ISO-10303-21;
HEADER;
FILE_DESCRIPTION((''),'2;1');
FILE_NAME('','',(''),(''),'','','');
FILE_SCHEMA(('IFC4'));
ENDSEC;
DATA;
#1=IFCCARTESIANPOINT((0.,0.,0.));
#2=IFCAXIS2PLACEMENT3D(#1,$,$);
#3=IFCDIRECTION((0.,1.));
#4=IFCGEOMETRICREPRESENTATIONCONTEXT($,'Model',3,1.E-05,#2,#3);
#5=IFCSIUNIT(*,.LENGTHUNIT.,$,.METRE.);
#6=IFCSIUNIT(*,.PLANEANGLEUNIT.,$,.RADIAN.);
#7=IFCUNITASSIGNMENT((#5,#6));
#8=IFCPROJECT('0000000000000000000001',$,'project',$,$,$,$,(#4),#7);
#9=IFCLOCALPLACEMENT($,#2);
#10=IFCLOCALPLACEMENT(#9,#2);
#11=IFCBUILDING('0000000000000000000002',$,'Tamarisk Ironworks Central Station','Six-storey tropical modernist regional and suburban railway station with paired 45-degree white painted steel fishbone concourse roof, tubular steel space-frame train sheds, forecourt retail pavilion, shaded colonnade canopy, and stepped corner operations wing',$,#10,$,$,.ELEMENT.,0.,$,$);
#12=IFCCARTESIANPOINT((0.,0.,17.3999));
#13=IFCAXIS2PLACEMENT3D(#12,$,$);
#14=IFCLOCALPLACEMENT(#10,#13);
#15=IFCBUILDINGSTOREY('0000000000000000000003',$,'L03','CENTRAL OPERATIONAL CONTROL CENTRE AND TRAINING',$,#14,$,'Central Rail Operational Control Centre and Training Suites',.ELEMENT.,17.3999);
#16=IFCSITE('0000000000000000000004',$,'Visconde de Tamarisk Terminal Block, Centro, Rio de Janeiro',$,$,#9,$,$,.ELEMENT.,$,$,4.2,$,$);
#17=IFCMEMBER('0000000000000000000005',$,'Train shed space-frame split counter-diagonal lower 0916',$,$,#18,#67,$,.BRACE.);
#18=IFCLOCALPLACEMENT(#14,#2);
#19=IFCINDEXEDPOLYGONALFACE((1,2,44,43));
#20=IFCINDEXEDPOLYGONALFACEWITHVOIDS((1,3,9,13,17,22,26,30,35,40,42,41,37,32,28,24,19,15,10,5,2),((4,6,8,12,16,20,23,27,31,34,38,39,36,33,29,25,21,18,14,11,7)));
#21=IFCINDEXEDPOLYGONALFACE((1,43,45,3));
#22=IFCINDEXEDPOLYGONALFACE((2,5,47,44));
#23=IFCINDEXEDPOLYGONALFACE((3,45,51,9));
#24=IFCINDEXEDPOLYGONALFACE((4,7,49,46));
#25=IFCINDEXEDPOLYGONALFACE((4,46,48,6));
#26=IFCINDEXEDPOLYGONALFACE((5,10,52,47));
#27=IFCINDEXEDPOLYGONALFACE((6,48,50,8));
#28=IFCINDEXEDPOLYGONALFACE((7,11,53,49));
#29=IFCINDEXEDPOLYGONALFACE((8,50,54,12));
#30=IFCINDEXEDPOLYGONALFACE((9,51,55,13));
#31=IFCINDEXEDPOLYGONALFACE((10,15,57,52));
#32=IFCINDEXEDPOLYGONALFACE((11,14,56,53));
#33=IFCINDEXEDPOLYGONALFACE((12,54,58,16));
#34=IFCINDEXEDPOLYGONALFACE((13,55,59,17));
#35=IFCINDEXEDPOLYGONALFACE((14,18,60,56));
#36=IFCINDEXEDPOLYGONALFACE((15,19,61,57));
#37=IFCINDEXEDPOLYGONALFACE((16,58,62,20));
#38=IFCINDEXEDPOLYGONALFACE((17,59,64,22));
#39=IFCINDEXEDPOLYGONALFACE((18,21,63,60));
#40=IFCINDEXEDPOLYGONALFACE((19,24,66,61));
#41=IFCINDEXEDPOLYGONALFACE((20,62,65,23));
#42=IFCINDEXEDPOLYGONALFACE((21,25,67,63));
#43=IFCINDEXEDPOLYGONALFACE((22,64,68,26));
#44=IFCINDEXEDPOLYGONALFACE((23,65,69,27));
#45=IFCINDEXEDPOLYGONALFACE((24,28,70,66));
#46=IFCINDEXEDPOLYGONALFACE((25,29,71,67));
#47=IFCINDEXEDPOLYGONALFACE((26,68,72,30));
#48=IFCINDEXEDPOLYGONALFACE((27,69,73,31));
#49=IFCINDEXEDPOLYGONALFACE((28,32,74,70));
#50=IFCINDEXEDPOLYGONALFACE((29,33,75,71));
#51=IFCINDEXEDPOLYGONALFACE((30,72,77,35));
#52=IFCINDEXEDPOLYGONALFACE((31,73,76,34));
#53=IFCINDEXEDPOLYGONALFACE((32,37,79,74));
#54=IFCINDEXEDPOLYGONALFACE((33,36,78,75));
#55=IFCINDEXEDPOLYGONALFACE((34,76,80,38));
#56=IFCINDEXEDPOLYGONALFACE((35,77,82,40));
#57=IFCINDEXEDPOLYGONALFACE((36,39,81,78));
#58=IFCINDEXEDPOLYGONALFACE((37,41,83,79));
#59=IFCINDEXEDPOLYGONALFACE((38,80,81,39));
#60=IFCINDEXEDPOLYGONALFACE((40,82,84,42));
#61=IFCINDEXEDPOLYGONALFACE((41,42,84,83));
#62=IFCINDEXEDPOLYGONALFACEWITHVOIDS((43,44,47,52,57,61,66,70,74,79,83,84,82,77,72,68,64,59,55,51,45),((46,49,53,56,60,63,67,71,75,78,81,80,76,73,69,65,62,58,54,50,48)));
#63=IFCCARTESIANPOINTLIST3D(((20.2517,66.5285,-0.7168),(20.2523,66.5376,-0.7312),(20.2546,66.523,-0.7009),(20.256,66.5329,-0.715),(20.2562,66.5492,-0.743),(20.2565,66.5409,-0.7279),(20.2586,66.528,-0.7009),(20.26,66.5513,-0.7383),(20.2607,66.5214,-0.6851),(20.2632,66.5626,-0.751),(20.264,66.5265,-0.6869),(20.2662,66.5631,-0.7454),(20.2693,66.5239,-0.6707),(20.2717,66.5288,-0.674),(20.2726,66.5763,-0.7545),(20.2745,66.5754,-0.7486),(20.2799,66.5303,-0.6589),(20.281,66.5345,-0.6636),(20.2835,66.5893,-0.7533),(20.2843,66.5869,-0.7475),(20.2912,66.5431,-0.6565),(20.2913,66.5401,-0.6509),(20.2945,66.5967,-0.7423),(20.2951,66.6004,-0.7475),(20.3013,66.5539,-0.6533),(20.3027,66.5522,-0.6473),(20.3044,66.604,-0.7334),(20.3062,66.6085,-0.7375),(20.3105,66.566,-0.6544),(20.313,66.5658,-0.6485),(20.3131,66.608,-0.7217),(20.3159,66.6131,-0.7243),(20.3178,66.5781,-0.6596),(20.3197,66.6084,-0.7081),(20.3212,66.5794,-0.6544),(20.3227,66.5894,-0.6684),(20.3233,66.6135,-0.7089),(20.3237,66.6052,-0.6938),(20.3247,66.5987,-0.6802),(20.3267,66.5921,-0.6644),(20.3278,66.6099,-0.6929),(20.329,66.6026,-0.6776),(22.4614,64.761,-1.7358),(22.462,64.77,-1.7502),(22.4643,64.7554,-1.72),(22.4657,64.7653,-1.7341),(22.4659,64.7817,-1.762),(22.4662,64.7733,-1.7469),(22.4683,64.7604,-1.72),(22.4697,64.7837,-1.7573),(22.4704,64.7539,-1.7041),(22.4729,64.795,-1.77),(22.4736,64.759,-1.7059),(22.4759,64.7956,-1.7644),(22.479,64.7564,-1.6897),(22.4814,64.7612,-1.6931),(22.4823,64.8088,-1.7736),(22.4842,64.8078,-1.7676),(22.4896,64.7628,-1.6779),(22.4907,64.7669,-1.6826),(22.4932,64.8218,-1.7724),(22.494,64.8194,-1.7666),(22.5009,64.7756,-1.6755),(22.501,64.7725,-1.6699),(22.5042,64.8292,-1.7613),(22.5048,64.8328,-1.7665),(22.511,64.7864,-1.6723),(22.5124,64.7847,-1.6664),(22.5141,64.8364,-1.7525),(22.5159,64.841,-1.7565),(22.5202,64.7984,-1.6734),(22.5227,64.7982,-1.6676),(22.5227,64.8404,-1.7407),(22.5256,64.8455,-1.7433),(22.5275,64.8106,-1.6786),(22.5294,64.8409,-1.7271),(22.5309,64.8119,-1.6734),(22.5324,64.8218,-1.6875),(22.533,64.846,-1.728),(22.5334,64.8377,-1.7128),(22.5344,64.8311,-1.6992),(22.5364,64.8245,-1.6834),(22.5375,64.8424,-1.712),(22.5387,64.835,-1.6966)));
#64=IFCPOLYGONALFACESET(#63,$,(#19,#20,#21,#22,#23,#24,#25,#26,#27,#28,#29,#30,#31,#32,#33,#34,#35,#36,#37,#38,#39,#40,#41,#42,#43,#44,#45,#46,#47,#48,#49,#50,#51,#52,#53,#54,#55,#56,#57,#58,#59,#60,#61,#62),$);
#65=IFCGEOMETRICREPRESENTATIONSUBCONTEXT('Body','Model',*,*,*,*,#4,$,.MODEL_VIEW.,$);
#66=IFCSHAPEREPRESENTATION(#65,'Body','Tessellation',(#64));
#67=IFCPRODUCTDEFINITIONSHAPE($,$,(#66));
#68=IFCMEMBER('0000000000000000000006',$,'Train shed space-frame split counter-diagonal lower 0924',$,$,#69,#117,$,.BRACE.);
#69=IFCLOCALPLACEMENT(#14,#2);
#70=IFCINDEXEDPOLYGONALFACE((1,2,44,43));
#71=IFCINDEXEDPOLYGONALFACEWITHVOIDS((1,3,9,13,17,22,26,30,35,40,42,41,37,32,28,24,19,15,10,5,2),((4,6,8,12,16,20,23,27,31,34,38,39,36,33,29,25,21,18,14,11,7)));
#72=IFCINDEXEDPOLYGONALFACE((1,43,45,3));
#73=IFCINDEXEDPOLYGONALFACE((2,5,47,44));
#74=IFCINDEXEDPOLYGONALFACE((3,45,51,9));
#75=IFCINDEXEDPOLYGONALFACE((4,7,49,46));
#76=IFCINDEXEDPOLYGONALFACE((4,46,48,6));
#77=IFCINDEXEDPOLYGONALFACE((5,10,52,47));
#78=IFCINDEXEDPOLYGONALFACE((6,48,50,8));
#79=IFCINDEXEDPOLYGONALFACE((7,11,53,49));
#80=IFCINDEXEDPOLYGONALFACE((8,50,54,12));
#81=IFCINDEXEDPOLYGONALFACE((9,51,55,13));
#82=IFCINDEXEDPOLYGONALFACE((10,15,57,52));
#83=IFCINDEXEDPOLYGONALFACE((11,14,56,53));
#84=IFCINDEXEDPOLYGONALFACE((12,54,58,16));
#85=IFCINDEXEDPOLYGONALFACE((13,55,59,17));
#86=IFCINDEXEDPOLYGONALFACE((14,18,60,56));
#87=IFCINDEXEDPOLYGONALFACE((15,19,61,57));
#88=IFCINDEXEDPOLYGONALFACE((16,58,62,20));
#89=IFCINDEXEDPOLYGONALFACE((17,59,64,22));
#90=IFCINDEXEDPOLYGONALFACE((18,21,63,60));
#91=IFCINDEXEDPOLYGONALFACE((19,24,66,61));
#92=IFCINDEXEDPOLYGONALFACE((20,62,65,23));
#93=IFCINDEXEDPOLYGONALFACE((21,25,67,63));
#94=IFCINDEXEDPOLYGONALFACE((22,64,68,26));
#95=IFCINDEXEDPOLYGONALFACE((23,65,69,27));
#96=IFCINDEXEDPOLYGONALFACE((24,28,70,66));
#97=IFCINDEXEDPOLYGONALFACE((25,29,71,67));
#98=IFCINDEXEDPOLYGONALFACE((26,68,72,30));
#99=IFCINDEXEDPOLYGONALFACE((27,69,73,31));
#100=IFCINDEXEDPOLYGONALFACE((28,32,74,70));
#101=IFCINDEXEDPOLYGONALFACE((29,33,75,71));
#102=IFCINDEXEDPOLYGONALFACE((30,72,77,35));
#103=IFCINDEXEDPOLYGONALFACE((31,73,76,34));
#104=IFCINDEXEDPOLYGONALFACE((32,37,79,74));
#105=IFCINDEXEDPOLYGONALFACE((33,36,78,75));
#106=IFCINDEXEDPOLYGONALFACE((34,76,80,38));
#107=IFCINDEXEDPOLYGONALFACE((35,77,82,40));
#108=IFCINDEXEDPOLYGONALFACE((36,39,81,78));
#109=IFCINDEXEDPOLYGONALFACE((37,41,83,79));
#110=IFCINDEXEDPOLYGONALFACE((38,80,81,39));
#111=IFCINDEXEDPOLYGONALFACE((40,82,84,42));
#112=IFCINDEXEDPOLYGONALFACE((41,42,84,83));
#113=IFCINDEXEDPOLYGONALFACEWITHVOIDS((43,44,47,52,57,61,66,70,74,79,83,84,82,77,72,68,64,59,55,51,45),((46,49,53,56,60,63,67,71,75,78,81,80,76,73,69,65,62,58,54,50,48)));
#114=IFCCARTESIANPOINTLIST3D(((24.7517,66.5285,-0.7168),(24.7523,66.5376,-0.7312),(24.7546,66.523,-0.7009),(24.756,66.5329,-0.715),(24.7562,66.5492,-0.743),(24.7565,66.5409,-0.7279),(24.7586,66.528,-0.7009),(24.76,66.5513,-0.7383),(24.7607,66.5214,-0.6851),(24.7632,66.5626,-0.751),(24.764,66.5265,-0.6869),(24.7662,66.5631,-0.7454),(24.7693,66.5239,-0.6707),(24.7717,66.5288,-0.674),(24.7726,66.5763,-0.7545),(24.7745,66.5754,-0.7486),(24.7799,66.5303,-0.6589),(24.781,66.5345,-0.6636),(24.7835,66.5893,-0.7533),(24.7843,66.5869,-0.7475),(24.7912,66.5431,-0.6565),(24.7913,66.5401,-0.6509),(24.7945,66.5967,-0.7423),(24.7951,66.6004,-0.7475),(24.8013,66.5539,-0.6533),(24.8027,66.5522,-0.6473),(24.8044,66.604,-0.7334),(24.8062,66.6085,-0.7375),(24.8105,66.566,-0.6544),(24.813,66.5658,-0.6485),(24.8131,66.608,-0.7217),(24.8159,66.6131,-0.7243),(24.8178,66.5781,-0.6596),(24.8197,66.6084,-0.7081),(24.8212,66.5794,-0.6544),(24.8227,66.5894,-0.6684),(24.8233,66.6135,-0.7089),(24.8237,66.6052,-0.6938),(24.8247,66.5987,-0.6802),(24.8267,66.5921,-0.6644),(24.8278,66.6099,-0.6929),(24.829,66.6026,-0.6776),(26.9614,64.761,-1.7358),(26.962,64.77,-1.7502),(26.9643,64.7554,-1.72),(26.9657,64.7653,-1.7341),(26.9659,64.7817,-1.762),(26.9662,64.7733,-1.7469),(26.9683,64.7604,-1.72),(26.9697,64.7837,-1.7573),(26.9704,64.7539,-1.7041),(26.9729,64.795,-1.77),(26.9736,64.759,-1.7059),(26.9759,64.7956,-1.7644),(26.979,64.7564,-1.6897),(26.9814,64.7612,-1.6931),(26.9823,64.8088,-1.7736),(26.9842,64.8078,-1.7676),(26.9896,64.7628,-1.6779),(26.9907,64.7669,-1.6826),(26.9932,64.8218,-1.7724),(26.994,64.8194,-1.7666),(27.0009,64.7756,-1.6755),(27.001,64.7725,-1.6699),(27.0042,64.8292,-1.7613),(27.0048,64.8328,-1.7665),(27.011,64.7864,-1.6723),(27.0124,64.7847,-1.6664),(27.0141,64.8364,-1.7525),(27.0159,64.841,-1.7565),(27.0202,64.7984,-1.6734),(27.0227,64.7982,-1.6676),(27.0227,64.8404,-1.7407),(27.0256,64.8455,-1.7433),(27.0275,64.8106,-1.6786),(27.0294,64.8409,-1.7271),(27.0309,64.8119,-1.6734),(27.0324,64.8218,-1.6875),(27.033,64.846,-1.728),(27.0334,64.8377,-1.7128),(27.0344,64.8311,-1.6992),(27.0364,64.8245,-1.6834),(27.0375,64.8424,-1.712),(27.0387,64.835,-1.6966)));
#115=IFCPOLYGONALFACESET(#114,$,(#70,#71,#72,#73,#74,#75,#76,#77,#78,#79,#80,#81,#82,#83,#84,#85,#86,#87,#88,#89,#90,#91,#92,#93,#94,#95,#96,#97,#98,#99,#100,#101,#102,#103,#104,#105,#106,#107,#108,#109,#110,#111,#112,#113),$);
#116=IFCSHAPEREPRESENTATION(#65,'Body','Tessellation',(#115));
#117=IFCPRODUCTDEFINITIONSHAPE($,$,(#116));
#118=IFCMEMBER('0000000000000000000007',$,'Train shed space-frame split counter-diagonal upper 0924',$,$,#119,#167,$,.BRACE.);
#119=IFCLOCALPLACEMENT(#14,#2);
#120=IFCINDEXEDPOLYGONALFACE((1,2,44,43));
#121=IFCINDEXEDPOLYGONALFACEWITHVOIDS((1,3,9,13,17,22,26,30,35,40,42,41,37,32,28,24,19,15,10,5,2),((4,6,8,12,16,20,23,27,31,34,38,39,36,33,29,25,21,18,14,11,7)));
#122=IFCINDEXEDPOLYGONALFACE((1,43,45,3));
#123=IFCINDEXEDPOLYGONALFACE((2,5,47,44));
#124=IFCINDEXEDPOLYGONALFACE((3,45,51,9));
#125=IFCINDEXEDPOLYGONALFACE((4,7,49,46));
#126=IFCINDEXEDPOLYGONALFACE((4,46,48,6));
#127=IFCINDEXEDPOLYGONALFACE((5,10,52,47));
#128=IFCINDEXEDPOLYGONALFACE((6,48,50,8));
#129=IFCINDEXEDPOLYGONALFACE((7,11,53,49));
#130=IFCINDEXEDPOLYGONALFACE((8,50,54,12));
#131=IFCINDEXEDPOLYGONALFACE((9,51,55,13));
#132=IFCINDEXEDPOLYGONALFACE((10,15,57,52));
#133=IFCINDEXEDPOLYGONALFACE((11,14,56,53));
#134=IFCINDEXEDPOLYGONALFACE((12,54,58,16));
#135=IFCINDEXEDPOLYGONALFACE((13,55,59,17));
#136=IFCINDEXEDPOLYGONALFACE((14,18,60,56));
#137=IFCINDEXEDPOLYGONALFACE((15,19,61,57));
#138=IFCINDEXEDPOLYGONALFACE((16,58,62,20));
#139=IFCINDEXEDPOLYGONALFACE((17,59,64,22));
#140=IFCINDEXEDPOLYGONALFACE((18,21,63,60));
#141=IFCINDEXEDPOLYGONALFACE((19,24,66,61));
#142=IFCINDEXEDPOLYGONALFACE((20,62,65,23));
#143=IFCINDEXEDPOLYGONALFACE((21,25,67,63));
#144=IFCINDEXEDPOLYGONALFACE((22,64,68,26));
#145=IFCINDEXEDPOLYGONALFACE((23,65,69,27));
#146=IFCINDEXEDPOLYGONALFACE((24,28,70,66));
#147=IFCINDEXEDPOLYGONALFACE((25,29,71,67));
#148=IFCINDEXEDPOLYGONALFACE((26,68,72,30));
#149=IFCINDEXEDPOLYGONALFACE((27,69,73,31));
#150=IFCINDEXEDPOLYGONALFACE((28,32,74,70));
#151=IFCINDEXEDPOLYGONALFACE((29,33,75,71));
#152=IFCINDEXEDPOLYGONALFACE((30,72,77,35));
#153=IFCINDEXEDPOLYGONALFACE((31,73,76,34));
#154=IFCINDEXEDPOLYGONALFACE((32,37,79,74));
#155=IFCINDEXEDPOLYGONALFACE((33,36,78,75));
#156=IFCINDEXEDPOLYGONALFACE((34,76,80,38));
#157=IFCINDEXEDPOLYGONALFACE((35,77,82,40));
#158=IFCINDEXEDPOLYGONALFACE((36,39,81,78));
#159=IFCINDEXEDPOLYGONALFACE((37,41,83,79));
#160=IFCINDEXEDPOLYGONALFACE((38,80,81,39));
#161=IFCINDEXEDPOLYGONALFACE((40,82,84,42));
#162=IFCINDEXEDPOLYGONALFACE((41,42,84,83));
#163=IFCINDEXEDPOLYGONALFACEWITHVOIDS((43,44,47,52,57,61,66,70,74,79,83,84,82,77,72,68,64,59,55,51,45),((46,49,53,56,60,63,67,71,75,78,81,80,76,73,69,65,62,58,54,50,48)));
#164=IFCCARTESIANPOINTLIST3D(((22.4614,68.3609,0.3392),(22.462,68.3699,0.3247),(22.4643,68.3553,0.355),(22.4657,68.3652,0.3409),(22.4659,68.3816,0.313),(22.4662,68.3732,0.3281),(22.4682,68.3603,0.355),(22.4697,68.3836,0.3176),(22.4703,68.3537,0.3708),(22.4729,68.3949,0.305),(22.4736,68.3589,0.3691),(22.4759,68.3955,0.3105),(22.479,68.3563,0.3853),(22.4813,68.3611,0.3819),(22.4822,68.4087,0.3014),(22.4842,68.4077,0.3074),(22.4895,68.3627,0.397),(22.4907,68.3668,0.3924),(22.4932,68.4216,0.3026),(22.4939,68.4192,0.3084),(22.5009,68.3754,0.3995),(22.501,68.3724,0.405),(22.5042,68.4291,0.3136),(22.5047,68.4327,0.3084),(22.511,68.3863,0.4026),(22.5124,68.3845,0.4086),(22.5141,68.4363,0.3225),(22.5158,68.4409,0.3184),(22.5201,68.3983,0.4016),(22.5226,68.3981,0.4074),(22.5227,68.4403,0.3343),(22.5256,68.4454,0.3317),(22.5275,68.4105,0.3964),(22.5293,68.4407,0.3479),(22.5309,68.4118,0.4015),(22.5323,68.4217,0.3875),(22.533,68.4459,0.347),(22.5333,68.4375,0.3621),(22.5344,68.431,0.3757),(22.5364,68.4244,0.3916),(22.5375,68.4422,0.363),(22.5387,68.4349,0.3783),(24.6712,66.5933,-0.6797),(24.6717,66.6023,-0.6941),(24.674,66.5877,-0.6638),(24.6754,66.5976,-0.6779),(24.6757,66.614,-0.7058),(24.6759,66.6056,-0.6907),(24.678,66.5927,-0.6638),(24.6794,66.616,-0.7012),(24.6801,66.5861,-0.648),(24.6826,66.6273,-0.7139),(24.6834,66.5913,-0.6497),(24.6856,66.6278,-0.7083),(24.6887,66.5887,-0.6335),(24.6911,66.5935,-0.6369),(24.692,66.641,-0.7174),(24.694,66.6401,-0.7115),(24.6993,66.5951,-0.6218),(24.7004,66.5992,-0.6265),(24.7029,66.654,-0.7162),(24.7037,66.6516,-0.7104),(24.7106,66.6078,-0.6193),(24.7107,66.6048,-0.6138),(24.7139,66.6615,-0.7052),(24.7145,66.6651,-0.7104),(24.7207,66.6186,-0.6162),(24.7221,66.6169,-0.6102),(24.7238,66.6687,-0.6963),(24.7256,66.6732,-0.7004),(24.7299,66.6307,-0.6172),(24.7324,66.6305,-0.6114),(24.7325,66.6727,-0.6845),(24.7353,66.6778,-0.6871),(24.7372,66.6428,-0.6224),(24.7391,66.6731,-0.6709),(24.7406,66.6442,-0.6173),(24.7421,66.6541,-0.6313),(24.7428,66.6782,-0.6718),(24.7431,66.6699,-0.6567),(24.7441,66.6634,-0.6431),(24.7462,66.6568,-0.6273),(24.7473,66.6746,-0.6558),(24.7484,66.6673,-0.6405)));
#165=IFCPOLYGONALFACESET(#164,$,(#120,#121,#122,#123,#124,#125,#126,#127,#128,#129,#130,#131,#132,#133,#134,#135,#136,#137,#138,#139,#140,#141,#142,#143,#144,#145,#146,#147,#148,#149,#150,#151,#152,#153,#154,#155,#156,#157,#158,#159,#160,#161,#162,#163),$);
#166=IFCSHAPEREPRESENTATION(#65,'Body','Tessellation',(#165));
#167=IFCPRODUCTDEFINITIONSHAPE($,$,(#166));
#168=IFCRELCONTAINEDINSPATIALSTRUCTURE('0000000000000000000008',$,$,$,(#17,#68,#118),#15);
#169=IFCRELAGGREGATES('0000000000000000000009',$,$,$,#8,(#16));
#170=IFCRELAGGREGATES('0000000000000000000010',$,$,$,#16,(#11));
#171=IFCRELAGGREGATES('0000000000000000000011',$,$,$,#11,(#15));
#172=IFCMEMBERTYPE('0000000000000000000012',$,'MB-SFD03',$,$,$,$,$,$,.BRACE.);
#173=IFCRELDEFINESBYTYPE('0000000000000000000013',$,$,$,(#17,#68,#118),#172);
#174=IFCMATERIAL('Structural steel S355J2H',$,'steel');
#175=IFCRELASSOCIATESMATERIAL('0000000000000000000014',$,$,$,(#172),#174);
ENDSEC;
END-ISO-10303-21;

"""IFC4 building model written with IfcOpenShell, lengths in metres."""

from ifc_helpers import new_model, si_unit, direction, frame, origin, origin_2d, place, context, subcontext, project, spatial, hollow_circle, extrude, material, material_profile, profile_set, type_object, element, save


model = new_model("IFC4")

# Units and contexts
model_context = context("Model", 3, precision=1e-05, world=origin(), true_north=direction((0.0, 1.0)))
body_context = subcontext(model_context, "Body", "Model", "MODEL_VIEW")
ifc_project = project(units=[si_unit("LENGTHUNIT", "METRE"), si_unit("PLANEANGLEUNIT", "RADIAN")], contexts=[model_context])

# Site, building, storey
site_placement = place(None, origin())
site = spatial("IfcSite", under=ifc_project, at=site_placement, Name="Visconde de Tamarisk Terminal Block, Centro, Rio de Janeiro", CompositionType="ELEMENT", RefElevation=4.2)
building_placement = place(site_placement, origin())
building = spatial("IfcBuilding", under=site, at=building_placement, Name="Tamarisk Ironworks Central Station", Description="Six-storey tropical modernist regional and suburban railway station with paired 45-degree white painted steel fishbone concourse roof, tubular steel space-frame train sheds, forecourt retail pavilion, shaded colonnade canopy, and stepped corner operations wing", CompositionType="ELEMENT", ElevationOfRefHeight=0.0)
storey_placement = place(building_placement, frame((0.0, 0.0, 17.3999)))
storey = spatial("IfcBuildingStorey", under=building, at=storey_placement, Name="L03", Description="CENTRAL OPERATIONAL CONTROL CENTRE AND TRAINING", LongName="Central Rail Operational Control Centre and Training Suites", CompositionType="ELEMENT", Elevation=17.3999)

# Members
ifc_material_1 = material(Name="Structural steel S355J2H", Category="steel")
ifc_material_profile_1 = material_profile(ifc_material_1, hollow_circle(Radius=0.0571, WallThickness=0.0063, at=origin_2d()), Name="CHS 114.3x6.3")
ifc_profile_set_1 = profile_set([ifc_material_profile_1], Name="Structural steel S355J2H")
member_type_1 = type_object("IfcMemberType", Name="MB-SFD03", PredefinedType="BRACE", material=ifc_profile_set_1)
for number, where, z_axis, x_axis, name in (
    (1, (22.5, 64.8, -1.72), (-0.734712, 0.587705, 0.338823), (-0.624653, -0.780902, 0.0), "Train shed space-frame split counter-diagonal lower 0916"),
    (2, (27.0, 64.8, -1.72), (-0.734712, 0.587705, 0.338823), (-0.624653, -0.780902, 0.0), "Train shed space-frame split counter-diagonal lower 0924"),
    (3, (24.7097, 66.6323, -0.6638), (-0.734732, 0.587721, 0.338751), (-0.624653, -0.780902, 0.0), "Train shed space-frame split counter-diagonal upper 0924"),
):
    element("IfcMember", number, at=place(storey_placement, frame(where, z_axis=z_axis, x_axis=x_axis)), inside=storey, type_object=member_type_1, Name=name, PredefinedType="BRACE", context=body_context, shape_type="SweptSolid", body=[
        extrude(hollow_circle(Radius=0.0571, WallThickness=0.0063, at=origin_2d()), origin(), (0.0, 0.0, 1.0), 3.0076),
    ])

save(model, "model.ifc")
